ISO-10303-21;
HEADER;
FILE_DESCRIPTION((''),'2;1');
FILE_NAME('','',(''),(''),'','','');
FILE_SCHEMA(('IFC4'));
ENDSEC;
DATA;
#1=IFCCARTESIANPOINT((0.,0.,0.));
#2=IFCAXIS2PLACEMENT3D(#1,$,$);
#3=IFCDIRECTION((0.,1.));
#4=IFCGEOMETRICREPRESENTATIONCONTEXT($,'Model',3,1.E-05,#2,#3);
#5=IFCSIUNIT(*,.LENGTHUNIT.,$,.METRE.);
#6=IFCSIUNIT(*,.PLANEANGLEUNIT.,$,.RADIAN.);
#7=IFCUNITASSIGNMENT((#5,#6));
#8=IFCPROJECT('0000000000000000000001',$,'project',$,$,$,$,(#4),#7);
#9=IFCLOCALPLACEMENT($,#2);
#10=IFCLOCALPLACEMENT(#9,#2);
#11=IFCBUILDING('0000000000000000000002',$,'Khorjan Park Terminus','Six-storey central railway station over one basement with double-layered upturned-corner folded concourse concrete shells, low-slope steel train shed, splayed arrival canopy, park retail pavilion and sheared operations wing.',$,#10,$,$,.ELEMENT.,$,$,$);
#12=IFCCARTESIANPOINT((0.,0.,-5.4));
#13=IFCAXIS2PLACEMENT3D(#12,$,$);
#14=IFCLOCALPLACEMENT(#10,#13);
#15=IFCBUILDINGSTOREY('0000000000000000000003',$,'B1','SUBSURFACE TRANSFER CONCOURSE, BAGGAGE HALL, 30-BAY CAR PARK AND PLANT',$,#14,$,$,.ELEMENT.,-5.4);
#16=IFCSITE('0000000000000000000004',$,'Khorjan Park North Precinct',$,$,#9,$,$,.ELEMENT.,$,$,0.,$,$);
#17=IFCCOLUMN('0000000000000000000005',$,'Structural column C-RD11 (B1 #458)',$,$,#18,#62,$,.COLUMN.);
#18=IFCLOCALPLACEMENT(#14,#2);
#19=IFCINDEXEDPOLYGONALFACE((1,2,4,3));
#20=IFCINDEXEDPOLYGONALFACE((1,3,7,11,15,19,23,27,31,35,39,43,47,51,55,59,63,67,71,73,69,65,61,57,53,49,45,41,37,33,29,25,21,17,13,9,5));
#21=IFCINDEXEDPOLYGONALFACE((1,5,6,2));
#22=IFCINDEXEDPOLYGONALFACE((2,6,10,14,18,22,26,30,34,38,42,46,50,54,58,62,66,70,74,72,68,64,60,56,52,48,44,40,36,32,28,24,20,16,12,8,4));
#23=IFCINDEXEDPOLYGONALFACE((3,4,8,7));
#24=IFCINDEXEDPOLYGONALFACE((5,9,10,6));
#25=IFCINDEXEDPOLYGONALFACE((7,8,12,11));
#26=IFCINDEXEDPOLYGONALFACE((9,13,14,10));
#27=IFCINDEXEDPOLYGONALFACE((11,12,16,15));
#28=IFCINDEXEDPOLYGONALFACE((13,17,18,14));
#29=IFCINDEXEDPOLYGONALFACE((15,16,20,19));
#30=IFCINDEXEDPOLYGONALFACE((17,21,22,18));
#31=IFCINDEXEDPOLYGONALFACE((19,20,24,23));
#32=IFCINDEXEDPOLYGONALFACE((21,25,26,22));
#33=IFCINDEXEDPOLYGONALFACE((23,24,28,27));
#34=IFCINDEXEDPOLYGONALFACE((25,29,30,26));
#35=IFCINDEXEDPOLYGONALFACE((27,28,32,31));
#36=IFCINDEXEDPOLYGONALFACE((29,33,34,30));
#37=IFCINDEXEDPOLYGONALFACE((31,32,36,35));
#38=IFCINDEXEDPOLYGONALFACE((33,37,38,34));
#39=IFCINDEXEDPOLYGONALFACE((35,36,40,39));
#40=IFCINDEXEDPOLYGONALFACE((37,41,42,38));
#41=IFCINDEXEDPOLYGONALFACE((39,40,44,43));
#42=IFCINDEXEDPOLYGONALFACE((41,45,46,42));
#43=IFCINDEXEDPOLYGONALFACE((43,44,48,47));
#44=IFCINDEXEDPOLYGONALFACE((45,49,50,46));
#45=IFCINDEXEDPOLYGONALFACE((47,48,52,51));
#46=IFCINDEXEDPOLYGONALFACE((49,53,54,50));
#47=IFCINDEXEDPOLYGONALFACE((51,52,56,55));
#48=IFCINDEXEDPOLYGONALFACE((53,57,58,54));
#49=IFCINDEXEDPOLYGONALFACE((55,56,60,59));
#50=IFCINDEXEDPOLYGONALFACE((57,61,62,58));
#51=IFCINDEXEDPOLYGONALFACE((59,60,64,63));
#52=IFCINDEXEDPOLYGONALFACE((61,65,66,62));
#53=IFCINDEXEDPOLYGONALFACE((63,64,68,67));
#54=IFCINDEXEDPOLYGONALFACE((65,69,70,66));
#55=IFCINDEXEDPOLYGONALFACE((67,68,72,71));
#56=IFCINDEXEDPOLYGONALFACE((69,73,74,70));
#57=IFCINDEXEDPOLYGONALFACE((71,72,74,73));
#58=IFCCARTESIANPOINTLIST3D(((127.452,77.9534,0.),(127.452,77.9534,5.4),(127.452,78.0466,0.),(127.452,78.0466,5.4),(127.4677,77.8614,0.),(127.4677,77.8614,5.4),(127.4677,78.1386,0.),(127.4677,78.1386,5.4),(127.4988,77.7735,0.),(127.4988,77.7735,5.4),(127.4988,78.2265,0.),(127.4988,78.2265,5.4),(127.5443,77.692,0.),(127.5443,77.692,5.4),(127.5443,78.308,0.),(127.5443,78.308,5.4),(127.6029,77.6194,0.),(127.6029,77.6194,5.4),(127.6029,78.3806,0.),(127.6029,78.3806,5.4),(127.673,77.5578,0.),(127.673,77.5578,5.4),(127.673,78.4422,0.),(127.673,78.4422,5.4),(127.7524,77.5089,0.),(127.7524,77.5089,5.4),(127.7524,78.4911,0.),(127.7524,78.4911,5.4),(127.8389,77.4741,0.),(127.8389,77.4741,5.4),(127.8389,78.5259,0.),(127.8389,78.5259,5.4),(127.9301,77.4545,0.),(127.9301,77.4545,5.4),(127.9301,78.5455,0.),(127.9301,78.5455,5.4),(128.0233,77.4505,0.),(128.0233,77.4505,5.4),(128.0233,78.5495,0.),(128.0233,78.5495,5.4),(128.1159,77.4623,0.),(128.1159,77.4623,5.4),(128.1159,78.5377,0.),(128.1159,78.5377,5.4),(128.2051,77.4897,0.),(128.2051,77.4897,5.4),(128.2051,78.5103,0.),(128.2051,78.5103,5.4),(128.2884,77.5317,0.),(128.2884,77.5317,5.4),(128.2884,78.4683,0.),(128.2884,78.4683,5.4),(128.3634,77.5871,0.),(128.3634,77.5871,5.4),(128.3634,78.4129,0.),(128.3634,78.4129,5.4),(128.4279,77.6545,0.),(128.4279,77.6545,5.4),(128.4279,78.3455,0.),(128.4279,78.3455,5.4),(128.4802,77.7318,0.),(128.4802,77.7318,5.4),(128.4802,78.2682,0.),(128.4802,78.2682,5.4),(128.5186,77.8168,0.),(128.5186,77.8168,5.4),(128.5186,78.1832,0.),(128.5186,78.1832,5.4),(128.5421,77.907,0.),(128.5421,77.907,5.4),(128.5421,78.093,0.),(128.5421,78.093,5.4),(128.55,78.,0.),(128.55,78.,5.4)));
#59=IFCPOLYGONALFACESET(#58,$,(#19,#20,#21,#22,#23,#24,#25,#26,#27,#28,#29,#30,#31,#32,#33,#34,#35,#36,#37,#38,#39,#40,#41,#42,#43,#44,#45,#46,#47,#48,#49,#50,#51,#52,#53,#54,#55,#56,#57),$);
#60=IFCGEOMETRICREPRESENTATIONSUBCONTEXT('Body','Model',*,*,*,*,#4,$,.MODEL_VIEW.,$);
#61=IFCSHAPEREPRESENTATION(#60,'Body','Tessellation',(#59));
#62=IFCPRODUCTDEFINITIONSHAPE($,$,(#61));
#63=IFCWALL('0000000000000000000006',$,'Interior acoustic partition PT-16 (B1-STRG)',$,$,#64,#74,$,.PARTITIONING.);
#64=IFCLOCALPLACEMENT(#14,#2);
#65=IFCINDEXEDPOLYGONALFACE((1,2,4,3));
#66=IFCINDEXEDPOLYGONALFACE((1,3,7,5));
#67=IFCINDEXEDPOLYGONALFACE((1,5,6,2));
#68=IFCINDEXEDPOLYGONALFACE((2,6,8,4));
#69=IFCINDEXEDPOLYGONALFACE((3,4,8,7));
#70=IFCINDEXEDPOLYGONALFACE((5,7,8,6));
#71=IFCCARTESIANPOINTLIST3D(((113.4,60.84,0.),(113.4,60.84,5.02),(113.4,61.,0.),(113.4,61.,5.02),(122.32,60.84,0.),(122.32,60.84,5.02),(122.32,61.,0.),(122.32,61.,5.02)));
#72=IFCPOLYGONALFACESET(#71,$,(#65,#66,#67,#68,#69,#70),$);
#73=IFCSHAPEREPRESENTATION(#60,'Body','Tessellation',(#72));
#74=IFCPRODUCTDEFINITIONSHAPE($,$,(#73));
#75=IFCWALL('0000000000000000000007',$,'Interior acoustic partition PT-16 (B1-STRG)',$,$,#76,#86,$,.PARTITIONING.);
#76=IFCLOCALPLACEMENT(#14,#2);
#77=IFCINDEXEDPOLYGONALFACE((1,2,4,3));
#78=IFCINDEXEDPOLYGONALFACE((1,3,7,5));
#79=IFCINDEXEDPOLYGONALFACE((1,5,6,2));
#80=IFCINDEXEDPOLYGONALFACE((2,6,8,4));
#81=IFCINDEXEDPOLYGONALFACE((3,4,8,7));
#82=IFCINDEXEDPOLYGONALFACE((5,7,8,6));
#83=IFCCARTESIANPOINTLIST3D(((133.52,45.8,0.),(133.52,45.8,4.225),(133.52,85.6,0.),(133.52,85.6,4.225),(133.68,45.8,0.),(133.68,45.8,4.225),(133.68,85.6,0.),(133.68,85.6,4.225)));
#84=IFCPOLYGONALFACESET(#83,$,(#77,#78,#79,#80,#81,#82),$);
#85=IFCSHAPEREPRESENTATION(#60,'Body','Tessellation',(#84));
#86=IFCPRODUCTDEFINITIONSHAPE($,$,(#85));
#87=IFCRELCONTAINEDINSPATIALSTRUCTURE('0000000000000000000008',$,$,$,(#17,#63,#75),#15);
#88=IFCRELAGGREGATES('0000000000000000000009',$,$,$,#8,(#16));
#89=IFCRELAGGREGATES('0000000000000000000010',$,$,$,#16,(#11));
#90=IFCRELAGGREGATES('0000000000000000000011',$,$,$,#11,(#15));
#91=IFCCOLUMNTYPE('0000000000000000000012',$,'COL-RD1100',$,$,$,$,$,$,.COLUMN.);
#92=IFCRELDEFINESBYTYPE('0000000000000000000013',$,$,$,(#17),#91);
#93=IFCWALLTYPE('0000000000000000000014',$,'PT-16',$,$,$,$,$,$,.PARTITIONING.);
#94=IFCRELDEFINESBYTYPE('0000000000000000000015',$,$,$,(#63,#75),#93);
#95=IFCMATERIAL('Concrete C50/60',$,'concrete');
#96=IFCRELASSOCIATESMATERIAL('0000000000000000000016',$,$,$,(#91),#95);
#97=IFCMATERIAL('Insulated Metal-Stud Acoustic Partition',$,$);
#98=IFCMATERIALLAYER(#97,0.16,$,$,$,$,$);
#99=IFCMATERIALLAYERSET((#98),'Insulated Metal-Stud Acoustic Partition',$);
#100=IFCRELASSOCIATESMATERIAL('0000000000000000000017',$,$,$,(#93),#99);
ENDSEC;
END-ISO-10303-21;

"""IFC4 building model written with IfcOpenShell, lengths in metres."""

from ifc_helpers import new_model, si_unit, direction, frame, frame_2d, origin, origin_2d, place, context, subcontext, project, spatial, rectangle, circle, extrude, material, layer, layer_set, material_profile, profile_set, type_object, element, save


model = new_model("IFC4")

# Units and contexts
model_context = context("Model", 3, precision=1e-05, world=origin(), true_north=direction((0.0, 1.0)))
body_context = subcontext(model_context, "Body", "Model", "MODEL_VIEW")
ifc_project = project(units=[si_unit("LENGTHUNIT", "METRE"), si_unit("PLANEANGLEUNIT", "RADIAN")], contexts=[model_context])

# Site, building, storey
site_placement = place(None, origin())
site = spatial("IfcSite", under=ifc_project, at=site_placement, Name="Khorjan Park North Precinct", CompositionType="ELEMENT", RefElevation=0.0)
building_placement = place(site_placement, origin())
building = spatial("IfcBuilding", under=site, at=building_placement, Name="Khorjan Park Terminus", Description="Six-storey central railway station over one basement with double-layered upturned-corner folded concourse concrete shells, low-slope steel train shed, splayed arrival canopy, park retail pavilion and sheared operations wing.", CompositionType="ELEMENT")
storey_placement = place(building_placement, frame((0.0, 0.0, -5.4)))
storey = spatial("IfcBuildingStorey", under=building, at=storey_placement, Name="B1", Description="SUBSURFACE TRANSFER CONCOURSE, BAGGAGE HALL, 30-BAY CAR PARK AND PLANT", CompositionType="ELEMENT", Elevation=-5.4)

# Column
ifc_material_1 = material(Name="Concrete C50/60", Category="concrete")
ifc_material_profile_1 = material_profile(ifc_material_1, circle(Radius=0.55, at=origin_2d()), Name="RC D1100")
ifc_profile_set_1 = profile_set([ifc_material_profile_1], Name="Concrete C50/60")
column_type_1 = type_object("IfcColumnType", Name="COL-RD1100", PredefinedType="COLUMN", material=ifc_profile_set_1)
for number, where, z_axis, x_axis, name in (
    (1, (128.0, 78.0, 0.0), (0.0, 0.0, 1.0), (1.0, 0.0, 0.0), "Structural column C-RD11 (B1 #458)"),
):
    element("IfcColumn", number, at=place(storey_placement, frame(where, z_axis=z_axis, x_axis=x_axis)), inside=storey, type_object=column_type_1, Name=name, PredefinedType="COLUMN", context=body_context, shape_type="SweptSolid", body=[
        extrude(circle(Radius=0.55, at=origin_2d()), origin(), (0.0, 0.0, 1.0), 5.4),
    ])

# Walls
ifc_material_2 = material(Name="Insulated Metal-Stud Acoustic Partition")
ifc_layer = layer(ifc_material_2, 0.16)
ifc_layer_set = layer_set([ifc_layer], Name="Insulated Metal-Stud Acoustic Partition")
wall_type = type_object("IfcWallType", Name="PT-16", PredefinedType="PARTITIONING", material=ifc_layer_set)
wall_1_placement = place(storey_placement, frame((122.32, 60.92, 0.0), z_axis=(0.0, 0.0, 1.0), x_axis=(-1.0, 0.0, 0.0)))
element("IfcWall", 2, at=wall_1_placement, inside=storey, type_object=wall_type, Name="Interior acoustic partition PT-16 (B1-STRG)", PredefinedType="PARTITIONING", context=body_context, shape_type="SweptSolid", body=[
    extrude(rectangle(XDim=8.92, YDim=0.16, at=frame_2d((4.46, 0.0))), origin(), (0.0, 0.0, 1.0), 5.02),
])
wall_2_placement = place(storey_placement, frame((133.6, 85.6, 0.0), z_axis=(0.0, 0.0, 1.0), x_axis=(0.0, -1.0, 0.0)))
element("IfcWall", 3, at=wall_2_placement, inside=storey, type_object=wall_type, Name="Interior acoustic partition PT-16 (B1-STRG)", PredefinedType="PARTITIONING", context=body_context, shape_type="SweptSolid", body=[
    extrude(rectangle(XDim=39.8, YDim=0.16, at=frame_2d((19.9, 0.0))), origin(), (0.0, 0.0, 1.0), 4.225),
])

save(model, "model.ifc")
